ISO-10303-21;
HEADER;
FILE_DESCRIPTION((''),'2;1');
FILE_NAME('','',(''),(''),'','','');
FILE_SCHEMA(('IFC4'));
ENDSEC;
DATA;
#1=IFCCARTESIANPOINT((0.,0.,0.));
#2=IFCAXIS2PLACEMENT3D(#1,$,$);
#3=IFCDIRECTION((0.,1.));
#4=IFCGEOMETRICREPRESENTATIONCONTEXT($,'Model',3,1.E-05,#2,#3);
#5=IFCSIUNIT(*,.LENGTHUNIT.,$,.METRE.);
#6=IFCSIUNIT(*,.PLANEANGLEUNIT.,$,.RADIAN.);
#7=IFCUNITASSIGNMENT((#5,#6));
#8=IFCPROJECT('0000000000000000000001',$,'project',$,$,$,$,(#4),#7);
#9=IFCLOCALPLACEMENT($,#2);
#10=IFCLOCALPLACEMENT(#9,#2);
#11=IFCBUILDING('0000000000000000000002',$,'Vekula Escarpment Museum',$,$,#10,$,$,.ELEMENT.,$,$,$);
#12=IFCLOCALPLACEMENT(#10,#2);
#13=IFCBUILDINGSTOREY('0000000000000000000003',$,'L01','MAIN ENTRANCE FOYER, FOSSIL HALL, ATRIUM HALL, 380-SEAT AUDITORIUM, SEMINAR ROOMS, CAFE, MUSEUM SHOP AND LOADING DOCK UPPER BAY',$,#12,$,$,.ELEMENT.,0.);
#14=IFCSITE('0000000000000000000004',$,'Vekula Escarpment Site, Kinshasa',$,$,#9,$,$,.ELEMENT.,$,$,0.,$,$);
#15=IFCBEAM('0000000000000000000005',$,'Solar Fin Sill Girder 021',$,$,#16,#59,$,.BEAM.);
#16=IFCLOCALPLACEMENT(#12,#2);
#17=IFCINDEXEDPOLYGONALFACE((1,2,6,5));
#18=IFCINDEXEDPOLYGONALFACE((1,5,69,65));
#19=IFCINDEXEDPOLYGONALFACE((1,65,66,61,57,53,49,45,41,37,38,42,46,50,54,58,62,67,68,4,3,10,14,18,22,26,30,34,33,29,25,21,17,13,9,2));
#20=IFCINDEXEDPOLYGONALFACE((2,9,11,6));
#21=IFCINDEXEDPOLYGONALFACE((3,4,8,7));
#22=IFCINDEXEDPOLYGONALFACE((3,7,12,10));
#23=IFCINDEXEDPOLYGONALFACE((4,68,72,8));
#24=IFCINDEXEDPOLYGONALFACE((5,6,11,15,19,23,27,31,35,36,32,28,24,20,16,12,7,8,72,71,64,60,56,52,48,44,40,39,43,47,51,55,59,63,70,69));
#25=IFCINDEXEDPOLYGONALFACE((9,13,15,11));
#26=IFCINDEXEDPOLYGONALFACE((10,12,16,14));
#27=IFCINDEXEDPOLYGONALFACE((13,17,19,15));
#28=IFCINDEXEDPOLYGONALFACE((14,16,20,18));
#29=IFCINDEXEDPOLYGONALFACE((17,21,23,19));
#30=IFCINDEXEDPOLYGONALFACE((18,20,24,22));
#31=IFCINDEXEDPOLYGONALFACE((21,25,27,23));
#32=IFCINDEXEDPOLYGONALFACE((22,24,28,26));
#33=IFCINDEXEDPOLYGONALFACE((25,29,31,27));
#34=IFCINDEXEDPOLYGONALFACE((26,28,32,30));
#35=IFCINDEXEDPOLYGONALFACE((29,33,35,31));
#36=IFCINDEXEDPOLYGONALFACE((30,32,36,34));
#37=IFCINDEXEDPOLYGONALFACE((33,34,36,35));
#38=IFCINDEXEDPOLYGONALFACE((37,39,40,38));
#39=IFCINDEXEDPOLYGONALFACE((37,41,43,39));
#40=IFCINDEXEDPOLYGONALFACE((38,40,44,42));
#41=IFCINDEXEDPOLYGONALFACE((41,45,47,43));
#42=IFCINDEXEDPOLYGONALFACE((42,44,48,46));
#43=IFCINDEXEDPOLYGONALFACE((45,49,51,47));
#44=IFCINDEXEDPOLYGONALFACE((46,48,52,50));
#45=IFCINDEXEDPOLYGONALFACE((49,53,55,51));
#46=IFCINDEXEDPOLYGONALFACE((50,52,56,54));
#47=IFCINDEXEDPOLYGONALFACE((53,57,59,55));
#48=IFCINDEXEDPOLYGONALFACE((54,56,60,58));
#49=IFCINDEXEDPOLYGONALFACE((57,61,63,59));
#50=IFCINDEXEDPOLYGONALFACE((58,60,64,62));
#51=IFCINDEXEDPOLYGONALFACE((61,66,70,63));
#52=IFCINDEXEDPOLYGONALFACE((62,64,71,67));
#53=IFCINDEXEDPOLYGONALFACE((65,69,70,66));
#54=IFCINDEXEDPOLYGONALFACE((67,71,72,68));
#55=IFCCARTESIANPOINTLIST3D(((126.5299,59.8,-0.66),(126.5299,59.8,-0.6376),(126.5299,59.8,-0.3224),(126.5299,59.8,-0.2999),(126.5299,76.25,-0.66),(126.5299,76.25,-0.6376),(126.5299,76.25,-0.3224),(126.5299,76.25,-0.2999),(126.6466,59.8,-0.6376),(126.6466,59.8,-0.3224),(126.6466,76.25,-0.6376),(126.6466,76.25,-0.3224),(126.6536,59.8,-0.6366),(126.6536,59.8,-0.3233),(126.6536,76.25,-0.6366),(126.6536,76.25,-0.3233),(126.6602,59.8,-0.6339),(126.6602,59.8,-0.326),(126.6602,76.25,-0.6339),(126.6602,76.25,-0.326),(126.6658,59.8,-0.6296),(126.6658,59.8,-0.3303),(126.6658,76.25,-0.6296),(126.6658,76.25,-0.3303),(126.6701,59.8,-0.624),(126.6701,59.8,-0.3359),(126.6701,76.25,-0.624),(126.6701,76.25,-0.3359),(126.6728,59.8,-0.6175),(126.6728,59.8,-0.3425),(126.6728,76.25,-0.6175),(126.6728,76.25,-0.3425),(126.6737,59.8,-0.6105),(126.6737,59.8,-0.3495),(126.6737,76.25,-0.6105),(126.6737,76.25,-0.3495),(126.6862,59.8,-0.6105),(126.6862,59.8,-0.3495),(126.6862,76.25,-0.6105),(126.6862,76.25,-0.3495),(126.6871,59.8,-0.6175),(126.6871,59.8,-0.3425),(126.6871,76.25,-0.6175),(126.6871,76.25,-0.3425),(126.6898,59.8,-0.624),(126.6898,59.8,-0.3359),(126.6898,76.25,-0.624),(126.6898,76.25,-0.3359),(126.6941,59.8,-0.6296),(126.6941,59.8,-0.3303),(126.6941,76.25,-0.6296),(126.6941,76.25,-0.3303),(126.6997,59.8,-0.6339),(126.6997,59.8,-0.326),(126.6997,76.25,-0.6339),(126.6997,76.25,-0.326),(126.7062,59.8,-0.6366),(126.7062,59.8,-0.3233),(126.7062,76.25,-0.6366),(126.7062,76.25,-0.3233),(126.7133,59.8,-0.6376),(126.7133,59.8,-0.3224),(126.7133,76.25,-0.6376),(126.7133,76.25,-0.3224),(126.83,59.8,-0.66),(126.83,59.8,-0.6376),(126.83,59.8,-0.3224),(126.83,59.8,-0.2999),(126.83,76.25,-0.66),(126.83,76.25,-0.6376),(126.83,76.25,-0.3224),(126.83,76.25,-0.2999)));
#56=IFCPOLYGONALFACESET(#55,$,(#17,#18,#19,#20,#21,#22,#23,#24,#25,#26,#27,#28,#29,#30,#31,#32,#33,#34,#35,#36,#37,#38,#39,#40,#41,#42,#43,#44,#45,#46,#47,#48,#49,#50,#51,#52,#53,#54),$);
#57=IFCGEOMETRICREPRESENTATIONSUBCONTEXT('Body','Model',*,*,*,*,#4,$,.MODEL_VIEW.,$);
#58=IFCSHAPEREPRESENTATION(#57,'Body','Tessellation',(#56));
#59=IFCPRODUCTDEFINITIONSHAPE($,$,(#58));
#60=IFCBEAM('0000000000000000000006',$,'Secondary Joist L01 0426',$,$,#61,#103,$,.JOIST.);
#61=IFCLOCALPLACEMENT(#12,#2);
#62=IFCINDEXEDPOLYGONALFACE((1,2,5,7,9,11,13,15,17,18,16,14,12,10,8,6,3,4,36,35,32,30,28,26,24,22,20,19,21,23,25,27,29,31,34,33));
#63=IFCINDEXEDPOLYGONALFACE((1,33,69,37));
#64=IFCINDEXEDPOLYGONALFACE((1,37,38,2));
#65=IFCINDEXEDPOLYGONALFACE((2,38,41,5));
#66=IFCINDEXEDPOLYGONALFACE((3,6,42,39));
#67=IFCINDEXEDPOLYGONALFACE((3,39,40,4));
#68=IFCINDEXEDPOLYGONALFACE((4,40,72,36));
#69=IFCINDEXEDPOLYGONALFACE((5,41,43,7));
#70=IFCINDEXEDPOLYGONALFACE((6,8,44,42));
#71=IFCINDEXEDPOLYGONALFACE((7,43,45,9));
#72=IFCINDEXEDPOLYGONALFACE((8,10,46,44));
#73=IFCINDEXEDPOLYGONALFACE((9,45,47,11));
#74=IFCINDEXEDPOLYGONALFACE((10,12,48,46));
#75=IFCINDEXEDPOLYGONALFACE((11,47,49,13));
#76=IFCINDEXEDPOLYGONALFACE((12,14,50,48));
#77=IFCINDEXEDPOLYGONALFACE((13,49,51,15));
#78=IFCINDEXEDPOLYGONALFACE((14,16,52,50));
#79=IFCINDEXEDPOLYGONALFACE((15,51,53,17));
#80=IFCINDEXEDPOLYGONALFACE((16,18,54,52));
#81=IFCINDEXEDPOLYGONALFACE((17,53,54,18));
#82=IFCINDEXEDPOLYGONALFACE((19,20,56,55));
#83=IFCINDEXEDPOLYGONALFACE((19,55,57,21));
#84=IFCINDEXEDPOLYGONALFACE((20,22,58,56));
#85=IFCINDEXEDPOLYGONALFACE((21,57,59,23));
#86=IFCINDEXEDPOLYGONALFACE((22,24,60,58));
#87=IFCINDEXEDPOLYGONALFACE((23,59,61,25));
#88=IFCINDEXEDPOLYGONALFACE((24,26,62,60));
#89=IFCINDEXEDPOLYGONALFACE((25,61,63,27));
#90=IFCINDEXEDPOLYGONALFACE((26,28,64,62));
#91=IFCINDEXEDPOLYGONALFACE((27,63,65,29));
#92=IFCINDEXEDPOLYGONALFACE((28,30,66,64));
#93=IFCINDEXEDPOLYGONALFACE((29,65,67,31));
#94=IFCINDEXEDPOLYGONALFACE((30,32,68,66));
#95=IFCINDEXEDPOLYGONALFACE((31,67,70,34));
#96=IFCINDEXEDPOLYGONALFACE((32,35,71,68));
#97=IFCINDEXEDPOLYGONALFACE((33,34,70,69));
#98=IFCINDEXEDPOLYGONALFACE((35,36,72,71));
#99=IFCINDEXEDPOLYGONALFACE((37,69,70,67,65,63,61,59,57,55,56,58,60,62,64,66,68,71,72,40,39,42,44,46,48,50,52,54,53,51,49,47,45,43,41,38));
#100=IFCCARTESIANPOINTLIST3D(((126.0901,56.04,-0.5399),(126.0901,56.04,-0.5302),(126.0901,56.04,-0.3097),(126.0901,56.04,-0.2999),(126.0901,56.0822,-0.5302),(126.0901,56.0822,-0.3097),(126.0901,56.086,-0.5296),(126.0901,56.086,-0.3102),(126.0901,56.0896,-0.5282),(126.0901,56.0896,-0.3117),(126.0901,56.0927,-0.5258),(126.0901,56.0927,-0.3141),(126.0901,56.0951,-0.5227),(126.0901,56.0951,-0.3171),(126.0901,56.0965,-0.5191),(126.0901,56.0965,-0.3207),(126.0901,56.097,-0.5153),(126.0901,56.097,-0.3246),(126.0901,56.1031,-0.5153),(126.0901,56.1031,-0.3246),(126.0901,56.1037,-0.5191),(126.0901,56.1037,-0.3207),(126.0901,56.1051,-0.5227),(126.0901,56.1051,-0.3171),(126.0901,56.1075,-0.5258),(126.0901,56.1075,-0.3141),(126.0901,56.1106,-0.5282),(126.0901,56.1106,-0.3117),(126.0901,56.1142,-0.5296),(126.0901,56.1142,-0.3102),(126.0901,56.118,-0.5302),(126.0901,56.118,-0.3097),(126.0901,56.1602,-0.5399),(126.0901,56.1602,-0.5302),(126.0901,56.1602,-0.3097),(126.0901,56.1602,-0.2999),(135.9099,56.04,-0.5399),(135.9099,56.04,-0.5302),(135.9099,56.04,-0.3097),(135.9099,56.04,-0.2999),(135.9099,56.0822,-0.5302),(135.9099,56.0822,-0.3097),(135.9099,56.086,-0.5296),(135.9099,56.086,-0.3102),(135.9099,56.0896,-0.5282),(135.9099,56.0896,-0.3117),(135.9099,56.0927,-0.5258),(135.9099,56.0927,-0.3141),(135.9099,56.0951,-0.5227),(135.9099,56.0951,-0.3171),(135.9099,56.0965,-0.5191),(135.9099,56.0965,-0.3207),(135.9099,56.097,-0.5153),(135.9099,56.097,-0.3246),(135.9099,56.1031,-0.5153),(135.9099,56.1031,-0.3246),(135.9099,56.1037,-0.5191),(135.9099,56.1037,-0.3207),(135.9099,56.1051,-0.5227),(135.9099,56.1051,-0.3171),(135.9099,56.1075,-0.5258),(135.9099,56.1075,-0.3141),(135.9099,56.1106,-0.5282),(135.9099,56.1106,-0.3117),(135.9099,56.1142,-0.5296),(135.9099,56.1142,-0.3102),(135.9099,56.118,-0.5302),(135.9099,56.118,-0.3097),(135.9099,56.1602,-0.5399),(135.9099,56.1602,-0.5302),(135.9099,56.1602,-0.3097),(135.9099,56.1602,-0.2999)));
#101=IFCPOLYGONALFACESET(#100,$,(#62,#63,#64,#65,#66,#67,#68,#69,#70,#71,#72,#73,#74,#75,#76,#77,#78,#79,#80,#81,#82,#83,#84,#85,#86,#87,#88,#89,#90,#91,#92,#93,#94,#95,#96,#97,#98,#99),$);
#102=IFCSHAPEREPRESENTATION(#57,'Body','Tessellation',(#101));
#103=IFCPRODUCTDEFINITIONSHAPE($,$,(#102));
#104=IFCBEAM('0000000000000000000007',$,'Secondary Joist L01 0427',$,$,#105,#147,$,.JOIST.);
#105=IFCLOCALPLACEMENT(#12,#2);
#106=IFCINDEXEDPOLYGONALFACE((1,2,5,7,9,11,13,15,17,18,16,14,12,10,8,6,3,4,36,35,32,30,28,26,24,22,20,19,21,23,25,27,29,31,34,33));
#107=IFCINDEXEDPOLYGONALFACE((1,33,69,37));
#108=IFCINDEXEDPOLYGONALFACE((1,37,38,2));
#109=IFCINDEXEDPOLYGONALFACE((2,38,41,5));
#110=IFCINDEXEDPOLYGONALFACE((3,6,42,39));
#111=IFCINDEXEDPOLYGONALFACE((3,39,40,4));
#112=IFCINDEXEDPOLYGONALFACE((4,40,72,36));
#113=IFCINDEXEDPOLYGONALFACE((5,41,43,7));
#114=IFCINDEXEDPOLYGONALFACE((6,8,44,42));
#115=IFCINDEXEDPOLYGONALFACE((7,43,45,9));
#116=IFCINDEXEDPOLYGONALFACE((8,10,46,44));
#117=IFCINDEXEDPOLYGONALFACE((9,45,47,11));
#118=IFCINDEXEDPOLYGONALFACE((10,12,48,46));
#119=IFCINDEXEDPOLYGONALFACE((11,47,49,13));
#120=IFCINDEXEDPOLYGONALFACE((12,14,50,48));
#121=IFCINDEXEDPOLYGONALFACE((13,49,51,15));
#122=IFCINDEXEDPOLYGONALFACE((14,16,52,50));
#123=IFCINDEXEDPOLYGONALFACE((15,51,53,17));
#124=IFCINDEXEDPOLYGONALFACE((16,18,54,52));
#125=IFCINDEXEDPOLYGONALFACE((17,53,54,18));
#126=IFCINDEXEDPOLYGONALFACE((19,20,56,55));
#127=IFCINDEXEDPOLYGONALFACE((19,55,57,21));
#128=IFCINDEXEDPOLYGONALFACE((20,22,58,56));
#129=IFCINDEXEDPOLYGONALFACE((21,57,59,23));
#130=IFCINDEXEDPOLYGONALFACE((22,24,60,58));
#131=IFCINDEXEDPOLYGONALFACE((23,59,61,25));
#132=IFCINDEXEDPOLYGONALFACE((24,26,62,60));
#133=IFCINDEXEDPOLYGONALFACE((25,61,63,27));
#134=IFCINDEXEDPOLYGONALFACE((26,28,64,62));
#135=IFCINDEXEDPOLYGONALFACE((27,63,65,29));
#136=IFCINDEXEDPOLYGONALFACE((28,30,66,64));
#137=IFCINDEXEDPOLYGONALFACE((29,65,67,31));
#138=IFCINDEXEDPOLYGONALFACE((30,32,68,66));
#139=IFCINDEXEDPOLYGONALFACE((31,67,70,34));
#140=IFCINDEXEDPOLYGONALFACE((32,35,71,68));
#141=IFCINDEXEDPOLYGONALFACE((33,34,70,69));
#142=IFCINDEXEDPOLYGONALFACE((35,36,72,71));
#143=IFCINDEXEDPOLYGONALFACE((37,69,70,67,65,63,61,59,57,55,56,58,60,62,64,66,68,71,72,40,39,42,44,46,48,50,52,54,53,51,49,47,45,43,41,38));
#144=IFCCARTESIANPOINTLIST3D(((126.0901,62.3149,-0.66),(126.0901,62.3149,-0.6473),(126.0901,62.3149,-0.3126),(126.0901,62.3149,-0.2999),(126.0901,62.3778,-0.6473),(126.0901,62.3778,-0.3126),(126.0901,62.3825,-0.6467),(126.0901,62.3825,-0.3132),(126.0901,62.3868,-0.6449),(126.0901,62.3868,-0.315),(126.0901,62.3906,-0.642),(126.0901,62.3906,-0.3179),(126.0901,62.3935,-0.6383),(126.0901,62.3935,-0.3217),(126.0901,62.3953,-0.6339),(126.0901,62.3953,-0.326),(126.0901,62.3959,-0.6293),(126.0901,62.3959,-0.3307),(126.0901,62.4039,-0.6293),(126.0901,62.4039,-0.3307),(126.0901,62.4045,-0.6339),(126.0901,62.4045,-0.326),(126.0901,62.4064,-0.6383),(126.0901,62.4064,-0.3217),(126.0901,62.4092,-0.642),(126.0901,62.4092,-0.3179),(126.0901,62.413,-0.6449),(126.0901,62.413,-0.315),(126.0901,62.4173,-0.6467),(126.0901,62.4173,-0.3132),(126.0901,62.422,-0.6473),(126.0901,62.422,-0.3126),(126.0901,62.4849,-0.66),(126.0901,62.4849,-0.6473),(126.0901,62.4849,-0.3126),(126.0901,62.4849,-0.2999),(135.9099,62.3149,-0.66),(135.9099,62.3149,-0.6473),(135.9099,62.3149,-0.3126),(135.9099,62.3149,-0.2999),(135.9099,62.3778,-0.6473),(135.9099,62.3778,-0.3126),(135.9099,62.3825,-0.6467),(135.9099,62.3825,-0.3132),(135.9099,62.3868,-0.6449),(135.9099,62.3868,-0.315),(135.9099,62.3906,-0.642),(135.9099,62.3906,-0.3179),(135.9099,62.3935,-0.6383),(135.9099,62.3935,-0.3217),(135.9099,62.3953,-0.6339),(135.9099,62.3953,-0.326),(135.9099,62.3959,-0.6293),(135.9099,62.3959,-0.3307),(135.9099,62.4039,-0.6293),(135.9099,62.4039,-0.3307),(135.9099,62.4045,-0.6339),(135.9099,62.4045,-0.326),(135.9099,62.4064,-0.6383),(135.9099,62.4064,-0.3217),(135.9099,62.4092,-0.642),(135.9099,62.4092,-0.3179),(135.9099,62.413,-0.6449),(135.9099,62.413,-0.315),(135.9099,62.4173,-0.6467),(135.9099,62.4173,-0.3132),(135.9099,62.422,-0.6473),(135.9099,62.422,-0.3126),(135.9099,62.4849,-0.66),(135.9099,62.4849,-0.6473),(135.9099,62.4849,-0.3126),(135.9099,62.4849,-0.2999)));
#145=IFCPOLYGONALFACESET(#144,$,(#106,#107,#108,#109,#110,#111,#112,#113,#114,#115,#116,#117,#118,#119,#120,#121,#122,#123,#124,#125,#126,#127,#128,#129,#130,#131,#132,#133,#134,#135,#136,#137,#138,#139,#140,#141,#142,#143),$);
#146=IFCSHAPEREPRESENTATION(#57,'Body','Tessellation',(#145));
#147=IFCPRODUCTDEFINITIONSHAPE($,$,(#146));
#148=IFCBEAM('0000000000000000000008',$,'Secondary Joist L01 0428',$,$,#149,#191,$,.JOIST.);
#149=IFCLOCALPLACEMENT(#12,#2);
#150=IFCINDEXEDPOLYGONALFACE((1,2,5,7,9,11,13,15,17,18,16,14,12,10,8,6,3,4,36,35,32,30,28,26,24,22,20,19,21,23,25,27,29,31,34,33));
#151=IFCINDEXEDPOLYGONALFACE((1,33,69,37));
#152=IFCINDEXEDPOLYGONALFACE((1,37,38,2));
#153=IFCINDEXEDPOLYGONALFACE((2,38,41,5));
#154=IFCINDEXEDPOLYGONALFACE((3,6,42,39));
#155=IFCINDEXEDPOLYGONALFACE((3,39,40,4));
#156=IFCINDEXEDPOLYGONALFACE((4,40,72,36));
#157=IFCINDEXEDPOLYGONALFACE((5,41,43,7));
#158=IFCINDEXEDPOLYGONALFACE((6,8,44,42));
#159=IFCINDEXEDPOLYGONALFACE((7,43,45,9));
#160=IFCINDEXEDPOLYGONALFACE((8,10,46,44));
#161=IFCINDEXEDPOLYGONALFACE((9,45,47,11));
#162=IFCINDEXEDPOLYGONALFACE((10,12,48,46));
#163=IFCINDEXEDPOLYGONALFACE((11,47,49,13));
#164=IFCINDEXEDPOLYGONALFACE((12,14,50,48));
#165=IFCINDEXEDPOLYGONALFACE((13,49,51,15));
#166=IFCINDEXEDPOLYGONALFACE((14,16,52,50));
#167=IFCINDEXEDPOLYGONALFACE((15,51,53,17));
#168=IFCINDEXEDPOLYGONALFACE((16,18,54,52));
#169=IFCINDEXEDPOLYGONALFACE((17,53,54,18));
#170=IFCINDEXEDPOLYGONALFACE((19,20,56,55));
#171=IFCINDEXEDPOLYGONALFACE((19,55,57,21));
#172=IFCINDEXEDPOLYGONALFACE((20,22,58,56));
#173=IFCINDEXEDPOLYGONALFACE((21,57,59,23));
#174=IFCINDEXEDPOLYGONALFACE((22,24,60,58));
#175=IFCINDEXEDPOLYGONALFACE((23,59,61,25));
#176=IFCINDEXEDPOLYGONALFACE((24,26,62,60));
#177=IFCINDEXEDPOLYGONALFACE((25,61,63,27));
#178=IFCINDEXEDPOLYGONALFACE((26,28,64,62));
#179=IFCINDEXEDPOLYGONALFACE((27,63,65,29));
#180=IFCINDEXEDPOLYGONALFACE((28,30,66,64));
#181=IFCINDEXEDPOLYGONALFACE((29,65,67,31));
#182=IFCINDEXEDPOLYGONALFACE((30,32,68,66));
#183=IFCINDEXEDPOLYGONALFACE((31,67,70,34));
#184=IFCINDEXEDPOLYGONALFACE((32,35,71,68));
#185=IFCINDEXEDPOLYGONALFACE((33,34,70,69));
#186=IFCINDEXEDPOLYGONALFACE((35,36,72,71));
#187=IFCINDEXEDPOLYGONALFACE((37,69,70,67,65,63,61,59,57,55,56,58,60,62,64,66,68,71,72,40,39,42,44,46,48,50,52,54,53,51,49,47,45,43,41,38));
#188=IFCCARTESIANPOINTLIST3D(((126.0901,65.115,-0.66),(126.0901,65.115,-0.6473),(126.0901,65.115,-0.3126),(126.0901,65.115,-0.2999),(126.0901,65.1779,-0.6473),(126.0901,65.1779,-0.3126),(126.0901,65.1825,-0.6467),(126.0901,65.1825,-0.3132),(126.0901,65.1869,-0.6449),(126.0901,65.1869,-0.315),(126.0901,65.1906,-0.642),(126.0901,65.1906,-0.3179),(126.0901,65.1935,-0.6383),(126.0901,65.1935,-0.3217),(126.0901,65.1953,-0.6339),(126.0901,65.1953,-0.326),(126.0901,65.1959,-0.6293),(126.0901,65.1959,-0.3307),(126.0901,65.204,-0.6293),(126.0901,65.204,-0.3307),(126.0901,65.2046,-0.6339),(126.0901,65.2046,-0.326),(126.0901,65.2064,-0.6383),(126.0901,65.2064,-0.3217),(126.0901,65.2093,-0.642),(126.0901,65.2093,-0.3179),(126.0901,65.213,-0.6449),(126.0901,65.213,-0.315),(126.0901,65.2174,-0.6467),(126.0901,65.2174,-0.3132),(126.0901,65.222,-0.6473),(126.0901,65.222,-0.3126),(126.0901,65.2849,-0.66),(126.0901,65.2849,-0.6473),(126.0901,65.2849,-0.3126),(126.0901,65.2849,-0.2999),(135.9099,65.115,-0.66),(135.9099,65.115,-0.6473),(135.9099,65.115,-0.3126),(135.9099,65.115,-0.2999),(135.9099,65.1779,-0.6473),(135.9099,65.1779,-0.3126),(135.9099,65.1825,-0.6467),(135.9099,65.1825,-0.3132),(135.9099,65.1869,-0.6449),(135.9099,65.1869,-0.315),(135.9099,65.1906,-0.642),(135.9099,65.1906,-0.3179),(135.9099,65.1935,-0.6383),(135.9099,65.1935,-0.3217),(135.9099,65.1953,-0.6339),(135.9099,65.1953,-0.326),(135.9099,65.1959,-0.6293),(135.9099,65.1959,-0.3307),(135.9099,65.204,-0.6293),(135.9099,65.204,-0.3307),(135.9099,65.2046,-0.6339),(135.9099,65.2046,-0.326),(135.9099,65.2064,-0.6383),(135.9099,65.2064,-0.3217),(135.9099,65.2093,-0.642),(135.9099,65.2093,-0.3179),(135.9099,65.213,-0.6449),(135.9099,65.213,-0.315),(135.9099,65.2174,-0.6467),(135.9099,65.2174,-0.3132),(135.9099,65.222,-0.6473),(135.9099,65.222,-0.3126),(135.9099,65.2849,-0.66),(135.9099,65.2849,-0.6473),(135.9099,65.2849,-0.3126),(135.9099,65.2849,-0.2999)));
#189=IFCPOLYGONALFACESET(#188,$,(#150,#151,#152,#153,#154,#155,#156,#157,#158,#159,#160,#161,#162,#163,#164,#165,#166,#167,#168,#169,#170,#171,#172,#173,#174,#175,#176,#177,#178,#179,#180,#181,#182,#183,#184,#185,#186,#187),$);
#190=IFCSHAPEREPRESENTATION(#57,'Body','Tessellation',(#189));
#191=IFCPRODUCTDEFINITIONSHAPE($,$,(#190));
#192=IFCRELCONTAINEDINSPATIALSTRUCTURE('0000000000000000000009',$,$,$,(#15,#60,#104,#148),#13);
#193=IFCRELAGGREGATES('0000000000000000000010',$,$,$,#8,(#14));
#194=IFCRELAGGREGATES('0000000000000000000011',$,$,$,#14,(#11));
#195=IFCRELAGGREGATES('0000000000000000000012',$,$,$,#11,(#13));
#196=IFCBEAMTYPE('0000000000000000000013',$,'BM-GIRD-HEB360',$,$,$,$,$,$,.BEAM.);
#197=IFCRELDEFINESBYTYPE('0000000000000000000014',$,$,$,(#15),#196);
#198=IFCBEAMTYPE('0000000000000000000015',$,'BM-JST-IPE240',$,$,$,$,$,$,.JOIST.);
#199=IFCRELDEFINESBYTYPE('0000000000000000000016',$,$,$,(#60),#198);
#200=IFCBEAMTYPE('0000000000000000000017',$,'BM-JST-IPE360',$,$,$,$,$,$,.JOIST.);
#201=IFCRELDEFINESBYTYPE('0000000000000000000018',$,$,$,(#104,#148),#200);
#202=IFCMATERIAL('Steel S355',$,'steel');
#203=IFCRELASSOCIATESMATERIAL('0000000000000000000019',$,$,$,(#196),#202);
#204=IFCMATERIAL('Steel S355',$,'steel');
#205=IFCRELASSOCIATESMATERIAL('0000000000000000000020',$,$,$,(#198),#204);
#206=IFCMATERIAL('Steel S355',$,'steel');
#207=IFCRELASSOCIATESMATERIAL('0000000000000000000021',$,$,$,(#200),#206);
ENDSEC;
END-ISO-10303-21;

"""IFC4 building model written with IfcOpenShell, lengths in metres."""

from ifc_helpers import new_model, si_unit, direction, frame, origin, origin_2d, place, context, subcontext, project, spatial, i_section, extrude, material, material_profile, profile_set, type_object, element, save


model = new_model("IFC4")

# Units and contexts
model_context = context("Model", 3, precision=1e-05, world=origin(), true_north=direction((0.0, 1.0)))
body_context = subcontext(model_context, "Body", "Model", "MODEL_VIEW")
ifc_project = project(units=[si_unit("LENGTHUNIT", "METRE"), si_unit("PLANEANGLEUNIT", "RADIAN")], contexts=[model_context])

# Site, building, storey
site_placement = place(None, origin())
site = spatial("IfcSite", under=ifc_project, at=site_placement, Name="Vekula Escarpment Site, Kinshasa", CompositionType="ELEMENT", RefElevation=0.0)
building_placement = place(site_placement, origin())
building = spatial("IfcBuilding", under=site, at=building_placement, Name="Vekula Escarpment Museum", CompositionType="ELEMENT")
storey_placement = place(building_placement, origin())
storey = spatial("IfcBuildingStorey", under=building, at=storey_placement, Name="L01", Description="MAIN ENTRANCE FOYER, FOSSIL HALL, ATRIUM HALL, 380-SEAT AUDITORIUM, SEMINAR ROOMS, CAFE, MUSEUM SHOP AND LOADING DOCK UPPER BAY", CompositionType="ELEMENT", Elevation=0.0)

# Beams
ifc_material_1 = material(Name="Steel S355", Category="steel")
ifc_material_profile_1 = material_profile(ifc_material_1, i_section(OverallWidth=0.3, OverallDepth=0.3601, WebThickness=0.0125, FlangeThickness=0.0225, FilletRadius=0.0271, at=origin_2d()), Name="HEB 360")
ifc_profile_set_1 = profile_set([ifc_material_profile_1], Name="Steel S355")
beam_type_1 = type_object("IfcBeamType", Name="BM-GIRD-HEB360", PredefinedType="BEAM", material=ifc_profile_set_1)
beam_1_placement = place(storey_placement, frame((126.6799, 59.8, -0.48), z_axis=(0.0, 1.0, 0.0), x_axis=(-1.0, 0.0, 0.0)))
element("IfcBeam", 1, at=beam_1_placement, inside=storey, type_object=beam_type_1, Name="Solar Fin Sill Girder 021", PredefinedType="BEAM", context=body_context, shape_type="SweptSolid", body=[
    extrude(i_section(OverallWidth=0.3, OverallDepth=0.3601, WebThickness=0.0125, FlangeThickness=0.0225, FilletRadius=0.0271, at=origin_2d()), origin(), (0.0, 0.0, 1.0), 16.45),
])
ifc_material_2 = material(Name="Steel S355", Category="steel")
ifc_material_profile_2 = material_profile(ifc_material_2, i_section(OverallWidth=0.1201, OverallDepth=0.24, WebThickness=0.0061, FlangeThickness=0.0098, FilletRadius=0.0149, at=origin_2d()), Name="IPE 240")
ifc_profile_set_2 = profile_set([ifc_material_profile_2], Name="Steel S355")
beam_type_2 = type_object("IfcBeamType", Name="BM-JST-IPE240", PredefinedType="JOIST", material=ifc_profile_set_2)
beam_2_placement = place(storey_placement, frame((126.0901, 56.1001, -0.4199), z_axis=(1.0, 0.0, 0.0), x_axis=(0.0, 1.0, 0.0)))
element("IfcBeam", 2, at=beam_2_placement, inside=storey, type_object=beam_type_2, Name="Secondary Joist L01 0426", PredefinedType="JOIST", context=body_context, shape_type="SweptSolid", body=[
    extrude(i_section(OverallWidth=0.1201, OverallDepth=0.24, WebThickness=0.0061, FlangeThickness=0.0098, FilletRadius=0.0149, at=origin_2d()), origin(), (0.0, 0.0, 1.0), 9.8198),
])
ifc_material_3 = material(Name="Steel S355", Category="steel")
ifc_material_profile_3 = material_profile(ifc_material_3, i_section(OverallWidth=0.1699, OverallDepth=0.3601, WebThickness=0.0081, FlangeThickness=0.0127, FilletRadius=0.0181, at=origin_2d()), Name="IPE 360")
ifc_profile_set_3 = profile_set([ifc_material_profile_3], Name="Steel S355")
beam_type_3 = type_object("IfcBeamType", Name="BM-JST-IPE360", PredefinedType="JOIST", material=ifc_profile_set_3)
for number, where, z_axis, x_axis, name in (
    (3, (126.0901, 62.3999, -0.48), (1.0, 0.0, 0.0), (0.0, 1.0, 0.0), "Secondary Joist L01 0427"),
    (4, (126.0901, 65.2, -0.48), (1.0, 0.0, 0.0), (0.0, 1.0, 0.0), "Secondary Joist L01 0428"),
):
    element("IfcBeam", number, at=place(storey_placement, frame(where, z_axis=z_axis, x_axis=x_axis)), inside=storey, type_object=beam_type_3, Name=name, PredefinedType="JOIST", context=body_context, shape_type="SweptSolid", body=[
        extrude(i_section(OverallWidth=0.1699, OverallDepth=0.3601, WebThickness=0.0081, FlangeThickness=0.0127, FilletRadius=0.0181, at=origin_2d()), origin(), (0.0, 0.0, 1.0), 9.8198),
    ])

save(model, "model.ifc")
